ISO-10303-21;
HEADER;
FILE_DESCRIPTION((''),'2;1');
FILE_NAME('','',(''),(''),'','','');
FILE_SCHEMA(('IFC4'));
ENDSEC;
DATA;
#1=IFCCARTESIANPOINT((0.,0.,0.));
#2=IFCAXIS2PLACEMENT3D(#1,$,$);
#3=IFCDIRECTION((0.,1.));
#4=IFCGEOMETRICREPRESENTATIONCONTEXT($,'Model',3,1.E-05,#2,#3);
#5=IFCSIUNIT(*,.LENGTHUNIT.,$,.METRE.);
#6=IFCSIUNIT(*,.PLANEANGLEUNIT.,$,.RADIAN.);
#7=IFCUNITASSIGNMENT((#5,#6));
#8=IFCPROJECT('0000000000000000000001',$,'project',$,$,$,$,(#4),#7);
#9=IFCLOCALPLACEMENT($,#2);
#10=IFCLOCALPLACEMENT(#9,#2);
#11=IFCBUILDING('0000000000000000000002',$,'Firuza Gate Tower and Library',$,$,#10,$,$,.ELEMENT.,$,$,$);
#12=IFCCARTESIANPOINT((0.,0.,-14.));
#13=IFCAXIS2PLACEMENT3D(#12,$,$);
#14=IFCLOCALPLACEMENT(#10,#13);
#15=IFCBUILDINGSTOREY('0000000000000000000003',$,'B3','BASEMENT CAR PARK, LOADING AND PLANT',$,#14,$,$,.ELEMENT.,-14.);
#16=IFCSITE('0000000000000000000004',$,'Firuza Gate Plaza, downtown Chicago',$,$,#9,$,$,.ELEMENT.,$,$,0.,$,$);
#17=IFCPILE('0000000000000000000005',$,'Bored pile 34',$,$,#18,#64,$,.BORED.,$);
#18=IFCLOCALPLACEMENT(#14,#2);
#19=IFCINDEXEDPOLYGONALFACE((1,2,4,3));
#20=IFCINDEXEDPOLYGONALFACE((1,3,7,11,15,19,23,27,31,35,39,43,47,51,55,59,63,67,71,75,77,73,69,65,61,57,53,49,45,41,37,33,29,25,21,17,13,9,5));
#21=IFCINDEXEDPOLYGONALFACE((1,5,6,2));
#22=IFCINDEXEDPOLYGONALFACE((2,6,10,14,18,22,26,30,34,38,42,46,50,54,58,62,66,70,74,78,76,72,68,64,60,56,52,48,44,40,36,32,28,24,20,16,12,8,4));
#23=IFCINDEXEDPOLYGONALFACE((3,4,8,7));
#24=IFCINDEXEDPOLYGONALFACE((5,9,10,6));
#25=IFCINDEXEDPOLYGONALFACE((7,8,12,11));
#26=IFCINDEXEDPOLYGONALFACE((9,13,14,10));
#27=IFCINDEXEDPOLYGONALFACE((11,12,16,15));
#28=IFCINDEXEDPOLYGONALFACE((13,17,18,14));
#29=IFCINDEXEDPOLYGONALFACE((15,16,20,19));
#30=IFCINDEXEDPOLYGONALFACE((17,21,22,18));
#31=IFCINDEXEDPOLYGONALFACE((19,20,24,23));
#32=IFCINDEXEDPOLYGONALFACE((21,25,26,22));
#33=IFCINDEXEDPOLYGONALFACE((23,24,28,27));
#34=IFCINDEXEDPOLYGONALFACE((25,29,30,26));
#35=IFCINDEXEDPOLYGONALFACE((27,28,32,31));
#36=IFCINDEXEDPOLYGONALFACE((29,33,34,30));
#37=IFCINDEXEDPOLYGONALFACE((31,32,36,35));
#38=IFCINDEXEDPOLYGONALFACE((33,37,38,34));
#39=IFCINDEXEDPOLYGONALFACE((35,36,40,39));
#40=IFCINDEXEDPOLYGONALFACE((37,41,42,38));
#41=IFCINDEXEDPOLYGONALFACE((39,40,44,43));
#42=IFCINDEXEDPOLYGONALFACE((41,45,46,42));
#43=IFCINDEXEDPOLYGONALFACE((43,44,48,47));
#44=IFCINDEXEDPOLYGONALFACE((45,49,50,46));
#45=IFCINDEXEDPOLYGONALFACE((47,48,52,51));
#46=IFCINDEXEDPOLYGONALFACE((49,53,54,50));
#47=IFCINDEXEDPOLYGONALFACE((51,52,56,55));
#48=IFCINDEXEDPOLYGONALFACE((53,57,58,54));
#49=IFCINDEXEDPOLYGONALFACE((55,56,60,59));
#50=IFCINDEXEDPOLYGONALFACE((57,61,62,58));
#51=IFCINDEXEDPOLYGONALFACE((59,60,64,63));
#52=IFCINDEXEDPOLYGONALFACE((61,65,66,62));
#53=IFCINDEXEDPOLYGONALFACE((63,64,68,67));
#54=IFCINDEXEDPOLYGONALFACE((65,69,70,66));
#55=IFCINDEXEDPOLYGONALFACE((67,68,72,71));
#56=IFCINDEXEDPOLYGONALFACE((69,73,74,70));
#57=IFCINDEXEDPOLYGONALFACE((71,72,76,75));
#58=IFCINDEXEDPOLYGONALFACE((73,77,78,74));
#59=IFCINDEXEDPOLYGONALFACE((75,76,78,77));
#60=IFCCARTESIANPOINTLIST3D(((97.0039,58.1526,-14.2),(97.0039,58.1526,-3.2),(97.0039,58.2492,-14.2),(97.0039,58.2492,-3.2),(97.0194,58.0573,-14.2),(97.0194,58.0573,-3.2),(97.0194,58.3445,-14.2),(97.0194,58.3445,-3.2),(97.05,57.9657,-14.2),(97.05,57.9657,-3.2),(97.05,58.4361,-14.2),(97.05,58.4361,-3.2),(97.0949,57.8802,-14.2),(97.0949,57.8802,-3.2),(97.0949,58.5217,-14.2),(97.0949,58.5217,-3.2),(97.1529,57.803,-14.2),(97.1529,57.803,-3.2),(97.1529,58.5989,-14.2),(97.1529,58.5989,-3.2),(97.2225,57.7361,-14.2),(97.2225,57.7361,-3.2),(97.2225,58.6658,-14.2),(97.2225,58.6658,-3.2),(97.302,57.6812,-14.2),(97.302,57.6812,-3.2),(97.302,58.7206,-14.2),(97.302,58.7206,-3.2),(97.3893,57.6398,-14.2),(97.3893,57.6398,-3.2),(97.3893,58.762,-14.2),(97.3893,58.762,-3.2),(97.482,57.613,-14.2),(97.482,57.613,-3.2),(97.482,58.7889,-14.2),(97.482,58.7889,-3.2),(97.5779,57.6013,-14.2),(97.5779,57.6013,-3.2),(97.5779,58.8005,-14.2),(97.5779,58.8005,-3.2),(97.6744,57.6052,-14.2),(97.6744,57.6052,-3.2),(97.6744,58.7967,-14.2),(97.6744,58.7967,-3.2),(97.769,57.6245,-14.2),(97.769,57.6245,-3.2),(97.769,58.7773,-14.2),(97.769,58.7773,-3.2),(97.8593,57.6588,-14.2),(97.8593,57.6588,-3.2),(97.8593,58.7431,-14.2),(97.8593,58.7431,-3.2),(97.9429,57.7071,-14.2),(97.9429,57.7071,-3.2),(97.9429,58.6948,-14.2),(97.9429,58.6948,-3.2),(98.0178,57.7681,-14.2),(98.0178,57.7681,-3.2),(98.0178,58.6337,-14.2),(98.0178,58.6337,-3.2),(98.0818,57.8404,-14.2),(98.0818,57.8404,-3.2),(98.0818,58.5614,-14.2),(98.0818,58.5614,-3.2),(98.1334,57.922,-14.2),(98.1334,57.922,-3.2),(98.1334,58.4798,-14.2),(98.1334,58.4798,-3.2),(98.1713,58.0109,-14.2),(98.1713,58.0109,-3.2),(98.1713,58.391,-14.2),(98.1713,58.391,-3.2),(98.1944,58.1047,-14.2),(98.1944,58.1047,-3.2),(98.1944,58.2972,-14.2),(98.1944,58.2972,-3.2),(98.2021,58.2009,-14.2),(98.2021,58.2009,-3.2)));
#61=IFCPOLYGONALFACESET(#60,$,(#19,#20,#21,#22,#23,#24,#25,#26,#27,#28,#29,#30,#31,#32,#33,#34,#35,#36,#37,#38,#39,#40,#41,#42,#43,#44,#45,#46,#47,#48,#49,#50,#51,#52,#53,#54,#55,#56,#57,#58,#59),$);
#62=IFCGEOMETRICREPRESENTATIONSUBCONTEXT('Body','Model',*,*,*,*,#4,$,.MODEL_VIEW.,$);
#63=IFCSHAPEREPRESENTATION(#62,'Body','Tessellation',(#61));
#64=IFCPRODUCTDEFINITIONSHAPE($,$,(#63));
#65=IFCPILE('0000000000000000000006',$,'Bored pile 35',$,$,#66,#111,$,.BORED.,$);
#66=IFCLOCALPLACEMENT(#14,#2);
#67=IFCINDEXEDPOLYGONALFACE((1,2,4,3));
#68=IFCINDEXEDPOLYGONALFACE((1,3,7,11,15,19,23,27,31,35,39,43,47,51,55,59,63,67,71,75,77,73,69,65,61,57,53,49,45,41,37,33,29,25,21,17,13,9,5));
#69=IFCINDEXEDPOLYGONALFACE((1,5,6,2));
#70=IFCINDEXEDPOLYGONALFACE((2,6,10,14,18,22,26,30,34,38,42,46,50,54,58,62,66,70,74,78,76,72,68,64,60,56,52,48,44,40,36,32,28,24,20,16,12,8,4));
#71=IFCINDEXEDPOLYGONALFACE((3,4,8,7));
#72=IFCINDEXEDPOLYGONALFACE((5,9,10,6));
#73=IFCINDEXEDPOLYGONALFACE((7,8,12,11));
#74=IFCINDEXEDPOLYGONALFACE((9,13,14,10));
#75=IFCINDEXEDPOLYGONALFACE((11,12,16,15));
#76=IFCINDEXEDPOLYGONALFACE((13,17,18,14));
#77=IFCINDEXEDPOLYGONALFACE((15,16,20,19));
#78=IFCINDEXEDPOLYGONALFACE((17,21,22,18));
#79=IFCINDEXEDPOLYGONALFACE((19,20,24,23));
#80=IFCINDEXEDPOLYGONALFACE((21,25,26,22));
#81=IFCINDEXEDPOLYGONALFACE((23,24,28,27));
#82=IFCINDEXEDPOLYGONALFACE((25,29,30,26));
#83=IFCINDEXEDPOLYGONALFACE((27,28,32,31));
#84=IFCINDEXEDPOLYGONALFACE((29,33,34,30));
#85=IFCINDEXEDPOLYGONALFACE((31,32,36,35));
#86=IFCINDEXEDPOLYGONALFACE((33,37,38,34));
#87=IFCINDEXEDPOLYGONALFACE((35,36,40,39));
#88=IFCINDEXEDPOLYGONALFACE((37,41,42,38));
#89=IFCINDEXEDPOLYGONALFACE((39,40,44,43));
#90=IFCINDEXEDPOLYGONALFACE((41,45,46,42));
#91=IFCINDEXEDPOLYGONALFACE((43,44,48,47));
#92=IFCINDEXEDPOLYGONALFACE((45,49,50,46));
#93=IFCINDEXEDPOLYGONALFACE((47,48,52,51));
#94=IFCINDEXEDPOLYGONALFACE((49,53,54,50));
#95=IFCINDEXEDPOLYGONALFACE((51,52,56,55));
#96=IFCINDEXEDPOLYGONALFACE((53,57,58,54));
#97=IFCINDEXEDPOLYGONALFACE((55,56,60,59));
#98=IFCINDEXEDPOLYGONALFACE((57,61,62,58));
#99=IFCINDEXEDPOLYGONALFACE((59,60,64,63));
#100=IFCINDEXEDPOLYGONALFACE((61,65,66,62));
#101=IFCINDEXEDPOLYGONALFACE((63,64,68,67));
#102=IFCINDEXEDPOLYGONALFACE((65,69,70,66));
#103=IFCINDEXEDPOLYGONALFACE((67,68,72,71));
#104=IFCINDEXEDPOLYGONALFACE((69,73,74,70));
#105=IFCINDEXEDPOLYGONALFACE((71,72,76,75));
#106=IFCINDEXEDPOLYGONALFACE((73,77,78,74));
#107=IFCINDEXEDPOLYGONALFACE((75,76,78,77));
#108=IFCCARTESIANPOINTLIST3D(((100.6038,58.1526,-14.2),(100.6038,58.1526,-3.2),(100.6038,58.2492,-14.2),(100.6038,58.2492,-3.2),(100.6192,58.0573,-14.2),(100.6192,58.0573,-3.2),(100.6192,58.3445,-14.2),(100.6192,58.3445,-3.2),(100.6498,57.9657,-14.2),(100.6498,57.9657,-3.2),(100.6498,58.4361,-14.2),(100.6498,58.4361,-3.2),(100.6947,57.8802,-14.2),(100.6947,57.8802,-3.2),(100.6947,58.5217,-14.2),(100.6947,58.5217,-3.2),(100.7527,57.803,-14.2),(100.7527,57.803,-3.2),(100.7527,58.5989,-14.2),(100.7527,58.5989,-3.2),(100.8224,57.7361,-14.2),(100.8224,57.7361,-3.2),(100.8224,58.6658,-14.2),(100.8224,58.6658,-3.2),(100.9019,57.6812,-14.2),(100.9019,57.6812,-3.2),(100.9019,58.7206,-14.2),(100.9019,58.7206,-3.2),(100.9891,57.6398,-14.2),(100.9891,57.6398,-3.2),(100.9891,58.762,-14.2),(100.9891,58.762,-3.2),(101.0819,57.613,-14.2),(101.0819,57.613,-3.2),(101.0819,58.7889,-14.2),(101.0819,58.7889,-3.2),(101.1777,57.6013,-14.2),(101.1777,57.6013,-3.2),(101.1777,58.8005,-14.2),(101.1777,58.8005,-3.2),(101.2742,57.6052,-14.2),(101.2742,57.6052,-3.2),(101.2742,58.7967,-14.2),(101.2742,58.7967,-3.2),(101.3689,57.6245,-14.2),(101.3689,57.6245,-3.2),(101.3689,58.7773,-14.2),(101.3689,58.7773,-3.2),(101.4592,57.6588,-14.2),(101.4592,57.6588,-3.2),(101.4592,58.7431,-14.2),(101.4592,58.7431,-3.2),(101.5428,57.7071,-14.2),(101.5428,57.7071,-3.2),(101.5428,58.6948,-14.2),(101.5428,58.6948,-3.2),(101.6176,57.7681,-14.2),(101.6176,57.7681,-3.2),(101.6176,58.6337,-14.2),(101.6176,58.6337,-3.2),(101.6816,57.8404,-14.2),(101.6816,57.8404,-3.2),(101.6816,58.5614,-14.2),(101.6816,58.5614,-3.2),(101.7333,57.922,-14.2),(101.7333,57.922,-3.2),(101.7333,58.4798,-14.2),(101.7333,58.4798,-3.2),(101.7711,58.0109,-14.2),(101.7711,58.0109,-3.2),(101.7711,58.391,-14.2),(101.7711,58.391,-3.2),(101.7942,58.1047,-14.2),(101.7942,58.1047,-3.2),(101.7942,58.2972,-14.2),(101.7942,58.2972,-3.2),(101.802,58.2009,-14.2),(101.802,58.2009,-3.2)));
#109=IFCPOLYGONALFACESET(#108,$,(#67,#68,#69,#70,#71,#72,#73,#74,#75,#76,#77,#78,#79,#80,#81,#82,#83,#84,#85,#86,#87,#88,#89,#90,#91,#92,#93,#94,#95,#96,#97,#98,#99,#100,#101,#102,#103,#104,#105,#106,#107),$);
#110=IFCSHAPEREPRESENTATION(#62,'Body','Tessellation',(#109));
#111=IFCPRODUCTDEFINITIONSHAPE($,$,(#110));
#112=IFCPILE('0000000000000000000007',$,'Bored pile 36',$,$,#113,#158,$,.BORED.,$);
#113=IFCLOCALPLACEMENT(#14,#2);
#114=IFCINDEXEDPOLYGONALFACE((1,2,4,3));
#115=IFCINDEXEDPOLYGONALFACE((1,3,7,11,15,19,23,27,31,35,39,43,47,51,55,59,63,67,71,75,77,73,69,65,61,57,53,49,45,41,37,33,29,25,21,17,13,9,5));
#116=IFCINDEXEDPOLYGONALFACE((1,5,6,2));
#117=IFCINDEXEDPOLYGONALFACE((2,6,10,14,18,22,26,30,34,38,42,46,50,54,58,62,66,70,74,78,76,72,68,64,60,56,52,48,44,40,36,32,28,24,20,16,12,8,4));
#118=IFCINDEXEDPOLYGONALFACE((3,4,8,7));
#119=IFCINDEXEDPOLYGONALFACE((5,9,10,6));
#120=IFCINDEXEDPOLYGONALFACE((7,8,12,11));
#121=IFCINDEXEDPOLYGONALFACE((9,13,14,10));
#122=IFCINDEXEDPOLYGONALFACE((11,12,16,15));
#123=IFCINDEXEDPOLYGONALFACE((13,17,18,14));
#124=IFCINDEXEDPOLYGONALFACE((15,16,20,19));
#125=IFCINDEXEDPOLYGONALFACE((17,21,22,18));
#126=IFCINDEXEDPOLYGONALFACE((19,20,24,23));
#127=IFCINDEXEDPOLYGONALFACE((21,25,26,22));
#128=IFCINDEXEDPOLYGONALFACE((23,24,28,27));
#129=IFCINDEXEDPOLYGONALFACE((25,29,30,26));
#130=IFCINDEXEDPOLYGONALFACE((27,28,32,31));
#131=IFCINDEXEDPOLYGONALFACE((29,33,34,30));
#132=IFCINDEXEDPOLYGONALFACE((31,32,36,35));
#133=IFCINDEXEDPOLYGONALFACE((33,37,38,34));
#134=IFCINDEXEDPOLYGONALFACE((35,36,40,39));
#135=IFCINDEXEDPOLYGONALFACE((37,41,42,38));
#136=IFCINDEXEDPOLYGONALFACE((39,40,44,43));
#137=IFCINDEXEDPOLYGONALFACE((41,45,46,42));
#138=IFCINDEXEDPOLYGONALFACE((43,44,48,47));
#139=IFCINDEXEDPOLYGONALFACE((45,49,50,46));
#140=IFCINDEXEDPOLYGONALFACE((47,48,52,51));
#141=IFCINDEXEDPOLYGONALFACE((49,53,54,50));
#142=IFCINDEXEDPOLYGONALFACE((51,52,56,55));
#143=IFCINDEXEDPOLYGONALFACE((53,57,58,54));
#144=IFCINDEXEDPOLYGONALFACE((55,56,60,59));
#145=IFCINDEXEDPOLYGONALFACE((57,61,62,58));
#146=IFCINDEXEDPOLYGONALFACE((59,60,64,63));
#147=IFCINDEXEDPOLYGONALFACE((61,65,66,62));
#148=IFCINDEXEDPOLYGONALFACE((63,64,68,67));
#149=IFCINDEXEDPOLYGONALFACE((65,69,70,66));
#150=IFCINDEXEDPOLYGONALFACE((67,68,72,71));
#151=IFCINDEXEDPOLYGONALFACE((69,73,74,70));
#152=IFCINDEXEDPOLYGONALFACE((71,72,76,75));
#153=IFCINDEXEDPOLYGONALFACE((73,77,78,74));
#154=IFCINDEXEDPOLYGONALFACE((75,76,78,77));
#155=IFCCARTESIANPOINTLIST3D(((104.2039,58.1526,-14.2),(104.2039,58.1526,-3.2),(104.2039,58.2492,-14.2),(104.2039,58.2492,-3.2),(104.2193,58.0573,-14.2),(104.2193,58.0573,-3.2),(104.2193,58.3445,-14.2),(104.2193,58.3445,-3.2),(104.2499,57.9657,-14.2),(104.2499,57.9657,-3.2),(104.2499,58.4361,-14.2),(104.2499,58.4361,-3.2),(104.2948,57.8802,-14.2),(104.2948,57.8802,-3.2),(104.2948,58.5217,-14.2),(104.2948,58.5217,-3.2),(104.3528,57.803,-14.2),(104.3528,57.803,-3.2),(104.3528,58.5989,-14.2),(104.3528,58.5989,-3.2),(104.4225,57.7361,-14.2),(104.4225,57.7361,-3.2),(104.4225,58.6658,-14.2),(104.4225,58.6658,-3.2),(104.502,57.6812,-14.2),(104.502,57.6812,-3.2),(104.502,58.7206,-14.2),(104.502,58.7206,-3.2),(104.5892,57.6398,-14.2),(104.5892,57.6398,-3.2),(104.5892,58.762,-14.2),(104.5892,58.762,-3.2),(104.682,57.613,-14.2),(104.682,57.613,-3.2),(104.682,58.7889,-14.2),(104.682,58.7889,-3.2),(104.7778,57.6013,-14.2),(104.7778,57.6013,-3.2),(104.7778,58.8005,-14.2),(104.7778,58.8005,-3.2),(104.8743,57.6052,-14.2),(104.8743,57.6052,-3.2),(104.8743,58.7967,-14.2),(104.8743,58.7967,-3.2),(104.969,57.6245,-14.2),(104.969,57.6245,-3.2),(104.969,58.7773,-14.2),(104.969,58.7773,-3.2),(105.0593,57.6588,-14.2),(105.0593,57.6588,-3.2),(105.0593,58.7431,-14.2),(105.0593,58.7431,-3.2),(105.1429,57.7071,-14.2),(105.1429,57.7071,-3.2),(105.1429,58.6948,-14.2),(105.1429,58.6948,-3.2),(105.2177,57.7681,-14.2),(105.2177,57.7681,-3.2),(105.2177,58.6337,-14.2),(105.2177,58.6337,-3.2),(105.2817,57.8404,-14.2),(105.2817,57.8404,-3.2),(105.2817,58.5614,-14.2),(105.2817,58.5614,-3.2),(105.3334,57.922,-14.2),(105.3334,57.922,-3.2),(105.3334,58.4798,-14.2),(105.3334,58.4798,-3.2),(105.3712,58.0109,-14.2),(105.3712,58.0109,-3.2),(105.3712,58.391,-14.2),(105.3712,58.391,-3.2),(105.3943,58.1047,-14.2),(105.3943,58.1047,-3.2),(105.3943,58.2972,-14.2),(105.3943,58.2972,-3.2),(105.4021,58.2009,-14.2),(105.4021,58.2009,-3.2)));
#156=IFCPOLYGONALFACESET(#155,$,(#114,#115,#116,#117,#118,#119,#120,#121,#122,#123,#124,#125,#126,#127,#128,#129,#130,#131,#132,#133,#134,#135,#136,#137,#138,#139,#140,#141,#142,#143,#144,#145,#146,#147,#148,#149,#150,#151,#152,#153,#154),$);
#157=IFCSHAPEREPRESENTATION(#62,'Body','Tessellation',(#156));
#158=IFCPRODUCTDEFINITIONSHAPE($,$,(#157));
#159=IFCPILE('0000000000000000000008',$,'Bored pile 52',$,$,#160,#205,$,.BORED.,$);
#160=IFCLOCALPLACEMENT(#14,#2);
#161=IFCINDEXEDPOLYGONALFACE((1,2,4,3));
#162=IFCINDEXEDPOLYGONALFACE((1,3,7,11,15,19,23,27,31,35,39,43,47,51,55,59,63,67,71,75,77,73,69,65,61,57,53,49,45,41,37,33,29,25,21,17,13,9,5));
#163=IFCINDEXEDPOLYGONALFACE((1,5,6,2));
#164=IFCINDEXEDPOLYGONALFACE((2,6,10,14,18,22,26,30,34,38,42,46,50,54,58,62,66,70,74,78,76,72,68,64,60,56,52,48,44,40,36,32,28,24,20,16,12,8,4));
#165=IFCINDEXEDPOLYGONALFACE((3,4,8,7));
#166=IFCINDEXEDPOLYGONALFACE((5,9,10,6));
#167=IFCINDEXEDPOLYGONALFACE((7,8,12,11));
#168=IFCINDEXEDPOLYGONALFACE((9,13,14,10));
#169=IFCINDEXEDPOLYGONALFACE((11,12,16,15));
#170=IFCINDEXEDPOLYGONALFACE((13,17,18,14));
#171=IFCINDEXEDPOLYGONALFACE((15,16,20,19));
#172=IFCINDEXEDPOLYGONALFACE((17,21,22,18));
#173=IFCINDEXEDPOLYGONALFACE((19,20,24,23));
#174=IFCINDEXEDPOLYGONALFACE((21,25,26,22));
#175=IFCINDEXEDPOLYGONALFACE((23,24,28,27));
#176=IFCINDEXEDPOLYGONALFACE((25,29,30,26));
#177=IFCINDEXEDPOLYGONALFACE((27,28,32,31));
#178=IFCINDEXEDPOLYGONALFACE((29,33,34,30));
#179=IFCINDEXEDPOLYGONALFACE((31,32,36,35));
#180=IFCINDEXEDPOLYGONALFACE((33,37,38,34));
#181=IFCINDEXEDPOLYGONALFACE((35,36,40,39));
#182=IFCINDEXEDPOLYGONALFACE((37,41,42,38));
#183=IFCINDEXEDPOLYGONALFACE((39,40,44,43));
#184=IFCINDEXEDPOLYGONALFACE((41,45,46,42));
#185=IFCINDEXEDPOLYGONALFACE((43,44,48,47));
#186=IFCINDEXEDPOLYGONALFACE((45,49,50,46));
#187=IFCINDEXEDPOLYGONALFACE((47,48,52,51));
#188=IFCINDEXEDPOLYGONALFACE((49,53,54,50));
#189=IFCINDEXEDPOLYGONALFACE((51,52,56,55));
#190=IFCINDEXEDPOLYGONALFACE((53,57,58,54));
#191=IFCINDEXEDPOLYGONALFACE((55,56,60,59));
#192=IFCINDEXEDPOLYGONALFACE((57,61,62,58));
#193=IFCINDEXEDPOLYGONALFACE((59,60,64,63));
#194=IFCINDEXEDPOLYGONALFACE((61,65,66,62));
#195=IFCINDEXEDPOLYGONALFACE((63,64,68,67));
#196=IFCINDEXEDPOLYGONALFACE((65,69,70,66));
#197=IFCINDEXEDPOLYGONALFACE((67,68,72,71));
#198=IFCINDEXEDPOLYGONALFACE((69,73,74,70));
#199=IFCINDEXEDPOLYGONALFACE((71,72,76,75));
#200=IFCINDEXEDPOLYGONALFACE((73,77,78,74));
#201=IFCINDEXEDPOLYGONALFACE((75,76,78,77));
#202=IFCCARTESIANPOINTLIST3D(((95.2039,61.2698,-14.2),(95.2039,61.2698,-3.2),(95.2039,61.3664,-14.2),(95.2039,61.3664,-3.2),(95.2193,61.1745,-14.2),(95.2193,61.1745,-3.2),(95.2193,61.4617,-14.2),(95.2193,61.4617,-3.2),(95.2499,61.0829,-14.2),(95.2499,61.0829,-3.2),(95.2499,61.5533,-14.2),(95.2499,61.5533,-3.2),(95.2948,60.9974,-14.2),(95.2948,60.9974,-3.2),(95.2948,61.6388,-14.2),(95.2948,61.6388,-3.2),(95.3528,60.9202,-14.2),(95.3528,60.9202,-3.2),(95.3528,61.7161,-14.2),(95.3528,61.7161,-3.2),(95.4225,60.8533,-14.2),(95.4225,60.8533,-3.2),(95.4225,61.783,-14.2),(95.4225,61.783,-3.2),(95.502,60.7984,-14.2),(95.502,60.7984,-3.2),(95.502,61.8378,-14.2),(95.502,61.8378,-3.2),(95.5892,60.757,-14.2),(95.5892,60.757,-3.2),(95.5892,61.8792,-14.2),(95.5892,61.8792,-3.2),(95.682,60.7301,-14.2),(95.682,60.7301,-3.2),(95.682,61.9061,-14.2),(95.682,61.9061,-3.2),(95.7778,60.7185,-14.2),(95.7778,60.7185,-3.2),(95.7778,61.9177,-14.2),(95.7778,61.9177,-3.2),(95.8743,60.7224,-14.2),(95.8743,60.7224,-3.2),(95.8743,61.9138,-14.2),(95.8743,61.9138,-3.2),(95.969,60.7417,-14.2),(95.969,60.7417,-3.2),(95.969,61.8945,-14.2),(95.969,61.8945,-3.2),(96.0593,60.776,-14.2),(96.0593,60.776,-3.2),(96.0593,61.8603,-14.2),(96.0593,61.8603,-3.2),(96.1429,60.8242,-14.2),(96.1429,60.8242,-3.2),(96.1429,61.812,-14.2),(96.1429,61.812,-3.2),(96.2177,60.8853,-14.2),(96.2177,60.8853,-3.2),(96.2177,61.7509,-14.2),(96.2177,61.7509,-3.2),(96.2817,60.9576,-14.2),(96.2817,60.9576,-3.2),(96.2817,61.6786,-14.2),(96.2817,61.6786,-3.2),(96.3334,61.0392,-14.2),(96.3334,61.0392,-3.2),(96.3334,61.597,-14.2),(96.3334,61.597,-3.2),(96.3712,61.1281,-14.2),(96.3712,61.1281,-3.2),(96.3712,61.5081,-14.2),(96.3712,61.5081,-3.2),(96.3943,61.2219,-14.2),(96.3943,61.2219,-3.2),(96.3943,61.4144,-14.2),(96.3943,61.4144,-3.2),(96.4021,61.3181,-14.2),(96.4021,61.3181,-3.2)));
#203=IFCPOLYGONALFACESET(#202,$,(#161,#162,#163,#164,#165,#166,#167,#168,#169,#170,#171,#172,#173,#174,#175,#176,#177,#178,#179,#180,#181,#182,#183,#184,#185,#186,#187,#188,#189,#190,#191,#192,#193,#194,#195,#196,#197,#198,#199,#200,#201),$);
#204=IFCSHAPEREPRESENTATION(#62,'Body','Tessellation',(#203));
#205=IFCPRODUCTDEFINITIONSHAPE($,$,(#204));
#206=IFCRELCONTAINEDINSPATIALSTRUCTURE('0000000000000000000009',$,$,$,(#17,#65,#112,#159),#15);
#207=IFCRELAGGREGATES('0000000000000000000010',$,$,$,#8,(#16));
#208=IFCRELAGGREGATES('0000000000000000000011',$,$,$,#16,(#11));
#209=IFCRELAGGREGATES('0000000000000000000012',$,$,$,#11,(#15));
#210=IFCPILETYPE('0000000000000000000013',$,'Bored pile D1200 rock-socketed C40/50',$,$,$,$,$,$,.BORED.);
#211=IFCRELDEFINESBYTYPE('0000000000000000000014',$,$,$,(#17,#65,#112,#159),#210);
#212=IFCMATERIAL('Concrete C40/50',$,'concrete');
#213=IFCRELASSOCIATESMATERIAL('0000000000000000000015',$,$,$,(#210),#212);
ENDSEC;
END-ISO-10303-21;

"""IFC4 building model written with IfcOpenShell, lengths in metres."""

from ifc_helpers import new_model, si_unit, direction, frame, origin, origin_2d, place, context, subcontext, project, spatial, circle, extrude, material, material_profile, profile_set, type_object, element, save


model = new_model("IFC4")

# Units and contexts
model_context = context("Model", 3, precision=1e-05, world=origin(), true_north=direction((0.0, 1.0)))
body_context = subcontext(model_context, "Body", "Model", "MODEL_VIEW")
ifc_project = project(units=[si_unit("LENGTHUNIT", "METRE"), si_unit("PLANEANGLEUNIT", "RADIAN")], contexts=[model_context])

# Site, building, storey
site_placement = place(None, origin())
site = spatial("IfcSite", under=ifc_project, at=site_placement, Name="Firuza Gate Plaza, downtown Chicago", CompositionType="ELEMENT", RefElevation=0.0)
building_placement = place(site_placement, origin())
building = spatial("IfcBuilding", under=site, at=building_placement, Name="Firuza Gate Tower and Library", CompositionType="ELEMENT")
storey_placement = place(building_placement, frame((0.0, 0.0, -14.0)))
storey = spatial("IfcBuildingStorey", under=building, at=storey_placement, Name="B3", Description="BASEMENT CAR PARK, LOADING AND PLANT", CompositionType="ELEMENT", Elevation=-14.0)

# Piles
ifc_material_1 = material(Name="Concrete C40/50", Category="concrete")
ifc_material_profile_1 = material_profile(ifc_material_1, circle(Radius=0.6001, at=origin_2d()))
ifc_profile_set_1 = profile_set([ifc_material_profile_1], Name="Concrete C40/50")
pile_type = type_object("IfcPileType", Name="Bored pile D1200 rock-socketed C40/50", PredefinedType="BORED", material=ifc_profile_set_1)
for number, where, z_axis, x_axis, name in (
    (1, (97.6021, 58.2009, -3.2), (0.0, 0.0, -1.0), (1.0, 0.0, 0.0), "Bored pile 34"),
    (2, (101.2019, 58.2009, -3.2), (0.0, 0.0, -1.0), (1.0, 0.0, 0.0), "Bored pile 35"),
    (3, (104.802, 58.2009, -3.2), (0.0, 0.0, -1.0), (1.0, 0.0, 0.0), "Bored pile 36"),
    (4, (95.802, 61.3181, -3.2), (0.0, 0.0, -1.0), (1.0, 0.0, 0.0), "Bored pile 52"),
):
    element("IfcPile", number, at=place(storey_placement, frame(where, z_axis=z_axis, x_axis=x_axis)), inside=storey, type_object=pile_type, Name=name, PredefinedType="BORED", context=body_context, shape_type="SweptSolid", body=[
        extrude(circle(Radius=0.6001, at=origin_2d()), origin(), (0.0, 0.0, 1.0), 11.0),
    ])

save(model, "model.ifc")
